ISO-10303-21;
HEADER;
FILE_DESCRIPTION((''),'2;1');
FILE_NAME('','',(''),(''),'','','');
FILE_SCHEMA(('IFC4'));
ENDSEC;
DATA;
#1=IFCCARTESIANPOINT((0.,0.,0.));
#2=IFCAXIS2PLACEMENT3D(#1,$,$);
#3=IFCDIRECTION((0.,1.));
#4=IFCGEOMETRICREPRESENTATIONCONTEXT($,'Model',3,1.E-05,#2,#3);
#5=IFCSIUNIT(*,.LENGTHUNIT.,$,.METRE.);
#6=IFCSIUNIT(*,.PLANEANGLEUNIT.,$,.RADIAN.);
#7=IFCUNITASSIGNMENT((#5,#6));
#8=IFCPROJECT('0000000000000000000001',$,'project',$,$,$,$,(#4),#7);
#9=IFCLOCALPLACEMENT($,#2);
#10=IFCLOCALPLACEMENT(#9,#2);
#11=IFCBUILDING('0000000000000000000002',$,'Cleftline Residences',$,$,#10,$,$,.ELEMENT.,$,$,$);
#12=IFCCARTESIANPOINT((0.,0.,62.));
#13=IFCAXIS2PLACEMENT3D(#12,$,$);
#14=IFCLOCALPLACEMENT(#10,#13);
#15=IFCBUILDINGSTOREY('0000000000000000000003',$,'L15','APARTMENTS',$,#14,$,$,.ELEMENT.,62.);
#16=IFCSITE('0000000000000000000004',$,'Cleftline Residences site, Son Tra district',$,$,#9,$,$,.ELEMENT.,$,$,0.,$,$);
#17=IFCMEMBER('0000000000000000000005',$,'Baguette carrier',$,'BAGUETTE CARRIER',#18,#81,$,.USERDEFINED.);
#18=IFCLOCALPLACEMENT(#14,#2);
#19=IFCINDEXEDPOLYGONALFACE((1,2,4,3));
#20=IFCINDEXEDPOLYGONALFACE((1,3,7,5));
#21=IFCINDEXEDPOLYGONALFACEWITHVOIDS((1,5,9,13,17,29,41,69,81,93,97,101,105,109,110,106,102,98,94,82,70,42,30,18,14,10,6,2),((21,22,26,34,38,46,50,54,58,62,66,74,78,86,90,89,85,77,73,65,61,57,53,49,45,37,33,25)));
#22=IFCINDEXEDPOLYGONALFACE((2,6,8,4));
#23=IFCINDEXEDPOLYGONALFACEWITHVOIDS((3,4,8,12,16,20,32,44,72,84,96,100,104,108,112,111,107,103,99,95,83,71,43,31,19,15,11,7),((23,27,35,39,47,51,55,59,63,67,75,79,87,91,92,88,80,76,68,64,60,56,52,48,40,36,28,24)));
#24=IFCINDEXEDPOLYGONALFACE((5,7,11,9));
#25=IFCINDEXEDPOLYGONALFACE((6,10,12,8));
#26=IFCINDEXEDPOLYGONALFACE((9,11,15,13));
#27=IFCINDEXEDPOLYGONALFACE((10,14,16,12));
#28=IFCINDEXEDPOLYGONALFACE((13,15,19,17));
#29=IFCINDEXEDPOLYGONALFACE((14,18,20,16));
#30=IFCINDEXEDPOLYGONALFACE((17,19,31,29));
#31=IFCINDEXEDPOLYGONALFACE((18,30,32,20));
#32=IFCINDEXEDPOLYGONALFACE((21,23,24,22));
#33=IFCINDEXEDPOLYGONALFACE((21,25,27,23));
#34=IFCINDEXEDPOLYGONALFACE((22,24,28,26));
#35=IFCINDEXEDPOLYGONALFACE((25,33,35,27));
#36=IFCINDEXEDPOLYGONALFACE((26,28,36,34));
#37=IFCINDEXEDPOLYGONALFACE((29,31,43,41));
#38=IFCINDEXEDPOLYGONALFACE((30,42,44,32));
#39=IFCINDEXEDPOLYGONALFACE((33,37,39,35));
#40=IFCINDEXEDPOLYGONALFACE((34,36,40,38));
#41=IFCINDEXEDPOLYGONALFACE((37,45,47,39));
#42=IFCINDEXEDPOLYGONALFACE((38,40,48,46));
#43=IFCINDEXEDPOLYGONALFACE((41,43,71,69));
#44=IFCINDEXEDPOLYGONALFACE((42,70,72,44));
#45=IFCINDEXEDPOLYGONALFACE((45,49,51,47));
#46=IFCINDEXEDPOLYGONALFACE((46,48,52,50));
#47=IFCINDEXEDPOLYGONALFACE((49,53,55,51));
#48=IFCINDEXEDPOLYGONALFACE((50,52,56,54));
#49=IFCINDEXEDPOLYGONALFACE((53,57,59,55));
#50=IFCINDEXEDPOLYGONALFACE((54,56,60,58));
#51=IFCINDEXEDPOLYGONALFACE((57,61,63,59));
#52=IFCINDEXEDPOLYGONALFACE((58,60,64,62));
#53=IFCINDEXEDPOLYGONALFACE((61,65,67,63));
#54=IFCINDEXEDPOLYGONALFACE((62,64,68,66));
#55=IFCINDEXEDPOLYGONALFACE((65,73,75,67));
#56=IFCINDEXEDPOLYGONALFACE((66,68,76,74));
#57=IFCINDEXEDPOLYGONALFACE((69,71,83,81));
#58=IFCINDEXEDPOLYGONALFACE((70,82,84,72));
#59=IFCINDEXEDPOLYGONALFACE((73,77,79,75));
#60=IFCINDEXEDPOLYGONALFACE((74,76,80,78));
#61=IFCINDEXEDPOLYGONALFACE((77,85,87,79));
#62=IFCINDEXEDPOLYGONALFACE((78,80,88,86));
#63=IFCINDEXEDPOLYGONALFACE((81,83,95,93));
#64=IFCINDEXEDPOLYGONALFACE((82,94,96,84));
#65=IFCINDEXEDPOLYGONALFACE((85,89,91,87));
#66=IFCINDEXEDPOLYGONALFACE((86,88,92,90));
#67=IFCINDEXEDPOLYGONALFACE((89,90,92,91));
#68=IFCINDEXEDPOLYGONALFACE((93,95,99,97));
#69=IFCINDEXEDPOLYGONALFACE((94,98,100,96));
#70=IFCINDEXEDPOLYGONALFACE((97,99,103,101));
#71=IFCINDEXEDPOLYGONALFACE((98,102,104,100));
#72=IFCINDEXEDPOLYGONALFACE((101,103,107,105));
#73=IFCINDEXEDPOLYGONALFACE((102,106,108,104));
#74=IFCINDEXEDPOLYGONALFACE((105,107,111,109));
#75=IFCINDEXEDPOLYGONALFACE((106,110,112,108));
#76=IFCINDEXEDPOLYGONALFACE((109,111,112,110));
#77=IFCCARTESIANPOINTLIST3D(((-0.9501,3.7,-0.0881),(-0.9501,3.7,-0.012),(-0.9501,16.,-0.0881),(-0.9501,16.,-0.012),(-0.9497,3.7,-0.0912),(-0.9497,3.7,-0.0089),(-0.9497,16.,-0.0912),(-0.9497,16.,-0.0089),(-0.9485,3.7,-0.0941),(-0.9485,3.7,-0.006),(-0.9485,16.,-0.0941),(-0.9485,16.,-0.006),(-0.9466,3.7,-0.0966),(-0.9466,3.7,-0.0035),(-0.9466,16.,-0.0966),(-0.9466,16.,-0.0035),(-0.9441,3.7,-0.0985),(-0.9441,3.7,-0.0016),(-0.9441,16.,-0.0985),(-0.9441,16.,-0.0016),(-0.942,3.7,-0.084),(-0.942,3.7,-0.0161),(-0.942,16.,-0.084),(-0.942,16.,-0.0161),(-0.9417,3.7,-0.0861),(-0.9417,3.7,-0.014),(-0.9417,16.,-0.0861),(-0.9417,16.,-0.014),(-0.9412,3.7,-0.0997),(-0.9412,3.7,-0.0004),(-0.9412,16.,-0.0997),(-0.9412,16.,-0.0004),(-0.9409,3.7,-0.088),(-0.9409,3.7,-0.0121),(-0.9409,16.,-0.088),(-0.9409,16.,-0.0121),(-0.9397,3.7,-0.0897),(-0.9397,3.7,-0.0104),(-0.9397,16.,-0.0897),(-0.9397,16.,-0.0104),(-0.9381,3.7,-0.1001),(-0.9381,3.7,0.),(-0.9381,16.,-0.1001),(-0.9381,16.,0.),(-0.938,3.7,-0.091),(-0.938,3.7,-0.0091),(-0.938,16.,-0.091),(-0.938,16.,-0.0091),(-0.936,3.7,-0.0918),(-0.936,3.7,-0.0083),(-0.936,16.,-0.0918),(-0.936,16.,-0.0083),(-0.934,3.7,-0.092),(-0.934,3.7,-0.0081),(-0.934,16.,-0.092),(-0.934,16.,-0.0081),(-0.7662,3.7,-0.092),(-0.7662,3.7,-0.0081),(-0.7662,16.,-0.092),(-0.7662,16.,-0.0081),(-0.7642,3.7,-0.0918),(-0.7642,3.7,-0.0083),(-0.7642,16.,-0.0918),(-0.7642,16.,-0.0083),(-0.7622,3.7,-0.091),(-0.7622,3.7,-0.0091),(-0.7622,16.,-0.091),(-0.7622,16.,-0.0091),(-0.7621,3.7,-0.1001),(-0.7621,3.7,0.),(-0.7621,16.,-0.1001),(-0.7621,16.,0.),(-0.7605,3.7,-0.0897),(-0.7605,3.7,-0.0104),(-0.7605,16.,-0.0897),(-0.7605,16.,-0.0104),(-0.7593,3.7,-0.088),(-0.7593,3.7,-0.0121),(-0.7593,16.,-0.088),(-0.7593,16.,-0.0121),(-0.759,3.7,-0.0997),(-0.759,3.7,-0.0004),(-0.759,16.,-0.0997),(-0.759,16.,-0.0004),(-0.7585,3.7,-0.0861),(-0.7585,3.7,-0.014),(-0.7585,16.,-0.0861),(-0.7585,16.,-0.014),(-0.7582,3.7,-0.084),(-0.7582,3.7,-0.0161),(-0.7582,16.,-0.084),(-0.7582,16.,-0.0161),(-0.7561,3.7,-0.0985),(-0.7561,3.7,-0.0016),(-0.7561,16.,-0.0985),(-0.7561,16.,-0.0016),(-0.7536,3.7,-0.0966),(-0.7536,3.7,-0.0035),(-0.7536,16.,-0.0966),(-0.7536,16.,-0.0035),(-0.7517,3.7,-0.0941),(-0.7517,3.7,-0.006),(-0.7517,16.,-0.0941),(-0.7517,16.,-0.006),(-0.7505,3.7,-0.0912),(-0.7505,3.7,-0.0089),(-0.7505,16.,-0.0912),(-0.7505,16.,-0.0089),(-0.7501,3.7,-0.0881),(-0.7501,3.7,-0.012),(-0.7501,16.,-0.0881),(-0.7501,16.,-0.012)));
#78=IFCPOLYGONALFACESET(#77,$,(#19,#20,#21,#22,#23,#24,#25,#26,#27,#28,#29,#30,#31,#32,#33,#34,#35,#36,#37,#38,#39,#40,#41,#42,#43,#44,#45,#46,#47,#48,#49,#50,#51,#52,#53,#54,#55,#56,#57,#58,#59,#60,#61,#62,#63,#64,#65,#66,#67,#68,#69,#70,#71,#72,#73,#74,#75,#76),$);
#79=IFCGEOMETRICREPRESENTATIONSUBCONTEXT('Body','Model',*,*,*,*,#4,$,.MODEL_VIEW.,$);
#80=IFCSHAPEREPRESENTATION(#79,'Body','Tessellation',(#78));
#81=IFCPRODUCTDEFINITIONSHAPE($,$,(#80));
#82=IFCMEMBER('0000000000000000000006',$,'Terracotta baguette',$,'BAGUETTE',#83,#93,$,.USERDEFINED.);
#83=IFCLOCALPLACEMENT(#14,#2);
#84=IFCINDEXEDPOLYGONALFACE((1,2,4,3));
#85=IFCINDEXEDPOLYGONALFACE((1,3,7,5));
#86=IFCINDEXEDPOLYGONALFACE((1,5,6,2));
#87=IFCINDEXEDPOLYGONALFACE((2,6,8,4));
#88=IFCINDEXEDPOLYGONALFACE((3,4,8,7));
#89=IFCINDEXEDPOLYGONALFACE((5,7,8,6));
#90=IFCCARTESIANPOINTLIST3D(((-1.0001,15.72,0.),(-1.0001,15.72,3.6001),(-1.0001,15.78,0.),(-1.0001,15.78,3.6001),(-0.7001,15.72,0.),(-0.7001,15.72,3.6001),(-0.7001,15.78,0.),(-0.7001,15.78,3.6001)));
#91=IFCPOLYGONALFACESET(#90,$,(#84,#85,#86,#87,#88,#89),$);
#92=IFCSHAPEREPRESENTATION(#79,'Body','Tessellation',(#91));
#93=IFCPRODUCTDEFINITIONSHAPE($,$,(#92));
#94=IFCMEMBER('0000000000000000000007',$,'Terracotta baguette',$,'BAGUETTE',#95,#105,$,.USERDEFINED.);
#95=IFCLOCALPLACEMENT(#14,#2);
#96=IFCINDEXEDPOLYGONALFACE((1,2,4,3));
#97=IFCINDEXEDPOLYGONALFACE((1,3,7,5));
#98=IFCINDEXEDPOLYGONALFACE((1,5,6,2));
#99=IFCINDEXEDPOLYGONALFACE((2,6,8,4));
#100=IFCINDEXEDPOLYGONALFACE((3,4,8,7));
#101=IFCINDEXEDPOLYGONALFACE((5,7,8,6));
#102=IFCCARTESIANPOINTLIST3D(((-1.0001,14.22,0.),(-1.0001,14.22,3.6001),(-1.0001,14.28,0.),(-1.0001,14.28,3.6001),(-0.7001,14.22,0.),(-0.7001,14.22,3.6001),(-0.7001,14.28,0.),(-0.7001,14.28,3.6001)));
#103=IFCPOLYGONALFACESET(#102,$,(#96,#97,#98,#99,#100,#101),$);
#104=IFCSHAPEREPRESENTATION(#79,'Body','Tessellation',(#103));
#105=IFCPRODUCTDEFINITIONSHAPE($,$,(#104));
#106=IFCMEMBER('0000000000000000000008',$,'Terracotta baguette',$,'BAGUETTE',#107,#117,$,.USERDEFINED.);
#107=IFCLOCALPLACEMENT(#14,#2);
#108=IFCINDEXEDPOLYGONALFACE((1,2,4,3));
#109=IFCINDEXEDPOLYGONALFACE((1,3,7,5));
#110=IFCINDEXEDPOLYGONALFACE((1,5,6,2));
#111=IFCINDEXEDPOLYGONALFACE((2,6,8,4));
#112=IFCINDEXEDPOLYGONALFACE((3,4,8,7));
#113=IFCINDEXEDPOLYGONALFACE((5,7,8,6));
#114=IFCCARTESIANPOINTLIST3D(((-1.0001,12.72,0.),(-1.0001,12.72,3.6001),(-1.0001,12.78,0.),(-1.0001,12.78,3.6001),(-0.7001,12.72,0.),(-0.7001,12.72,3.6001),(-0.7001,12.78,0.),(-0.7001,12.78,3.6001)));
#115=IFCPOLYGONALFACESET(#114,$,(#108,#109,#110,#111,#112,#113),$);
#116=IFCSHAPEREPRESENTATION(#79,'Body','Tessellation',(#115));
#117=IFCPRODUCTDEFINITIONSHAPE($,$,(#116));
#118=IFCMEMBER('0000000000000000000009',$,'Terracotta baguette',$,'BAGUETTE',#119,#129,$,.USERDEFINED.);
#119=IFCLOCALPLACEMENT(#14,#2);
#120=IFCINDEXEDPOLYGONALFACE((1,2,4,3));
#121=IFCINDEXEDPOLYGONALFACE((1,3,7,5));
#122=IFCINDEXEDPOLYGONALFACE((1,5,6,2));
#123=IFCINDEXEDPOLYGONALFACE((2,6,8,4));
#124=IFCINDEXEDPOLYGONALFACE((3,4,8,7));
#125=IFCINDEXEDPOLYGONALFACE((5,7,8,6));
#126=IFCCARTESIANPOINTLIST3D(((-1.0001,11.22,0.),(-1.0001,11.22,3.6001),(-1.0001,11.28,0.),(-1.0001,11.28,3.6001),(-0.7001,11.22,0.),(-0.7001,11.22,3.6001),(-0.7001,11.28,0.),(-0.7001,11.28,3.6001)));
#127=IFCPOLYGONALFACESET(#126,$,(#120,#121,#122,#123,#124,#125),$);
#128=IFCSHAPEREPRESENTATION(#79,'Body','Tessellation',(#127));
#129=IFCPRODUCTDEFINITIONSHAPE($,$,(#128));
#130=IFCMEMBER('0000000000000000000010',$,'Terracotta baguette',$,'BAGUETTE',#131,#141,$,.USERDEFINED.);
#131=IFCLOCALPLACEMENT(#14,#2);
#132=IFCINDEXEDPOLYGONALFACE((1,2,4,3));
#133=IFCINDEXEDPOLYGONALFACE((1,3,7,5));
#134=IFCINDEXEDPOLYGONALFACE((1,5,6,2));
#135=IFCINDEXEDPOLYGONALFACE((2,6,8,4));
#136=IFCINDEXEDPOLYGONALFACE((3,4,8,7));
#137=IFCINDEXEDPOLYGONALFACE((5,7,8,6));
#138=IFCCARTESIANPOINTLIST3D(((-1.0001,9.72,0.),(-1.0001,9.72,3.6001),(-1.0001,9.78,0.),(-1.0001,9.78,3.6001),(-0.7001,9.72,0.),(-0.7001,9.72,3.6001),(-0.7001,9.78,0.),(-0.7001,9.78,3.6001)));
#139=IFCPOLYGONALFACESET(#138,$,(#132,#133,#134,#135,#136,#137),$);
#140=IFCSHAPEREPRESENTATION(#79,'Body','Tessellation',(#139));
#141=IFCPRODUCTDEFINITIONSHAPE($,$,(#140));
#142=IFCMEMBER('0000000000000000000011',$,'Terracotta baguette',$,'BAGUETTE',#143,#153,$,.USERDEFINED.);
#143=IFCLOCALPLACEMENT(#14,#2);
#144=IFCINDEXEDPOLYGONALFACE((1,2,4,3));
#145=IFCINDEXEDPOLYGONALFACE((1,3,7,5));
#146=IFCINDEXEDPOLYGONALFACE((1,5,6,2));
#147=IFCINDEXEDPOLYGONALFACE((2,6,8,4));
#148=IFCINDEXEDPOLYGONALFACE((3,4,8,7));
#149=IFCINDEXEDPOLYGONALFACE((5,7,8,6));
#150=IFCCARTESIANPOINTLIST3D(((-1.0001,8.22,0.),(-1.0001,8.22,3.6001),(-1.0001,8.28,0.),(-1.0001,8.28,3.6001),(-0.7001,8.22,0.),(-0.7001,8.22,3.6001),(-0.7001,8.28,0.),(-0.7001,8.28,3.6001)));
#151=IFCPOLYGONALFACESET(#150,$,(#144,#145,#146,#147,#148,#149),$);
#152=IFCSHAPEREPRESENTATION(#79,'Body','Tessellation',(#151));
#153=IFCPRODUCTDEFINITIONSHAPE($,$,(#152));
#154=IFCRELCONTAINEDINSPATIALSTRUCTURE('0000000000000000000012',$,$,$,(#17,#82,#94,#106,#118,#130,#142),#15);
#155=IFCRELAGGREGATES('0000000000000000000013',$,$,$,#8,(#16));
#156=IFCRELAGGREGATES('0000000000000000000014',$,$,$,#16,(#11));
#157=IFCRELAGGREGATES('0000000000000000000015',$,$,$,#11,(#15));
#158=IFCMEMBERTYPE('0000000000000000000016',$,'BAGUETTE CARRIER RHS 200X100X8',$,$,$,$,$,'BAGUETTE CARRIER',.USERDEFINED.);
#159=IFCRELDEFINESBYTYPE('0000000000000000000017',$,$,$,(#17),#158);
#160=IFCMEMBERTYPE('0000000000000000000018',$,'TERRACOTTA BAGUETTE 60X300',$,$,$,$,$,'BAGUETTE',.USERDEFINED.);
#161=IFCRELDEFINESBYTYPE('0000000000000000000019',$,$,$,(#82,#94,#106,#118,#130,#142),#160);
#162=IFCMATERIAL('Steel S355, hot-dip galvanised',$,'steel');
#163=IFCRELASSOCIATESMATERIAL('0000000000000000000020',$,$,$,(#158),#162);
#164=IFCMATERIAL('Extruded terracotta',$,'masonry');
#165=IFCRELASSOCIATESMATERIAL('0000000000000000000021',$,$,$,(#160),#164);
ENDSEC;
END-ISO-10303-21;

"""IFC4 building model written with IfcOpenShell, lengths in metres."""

from ifc_helpers import new_model, si_unit, direction, frame, origin, origin_2d, place, context, subcontext, project, spatial, rectangle, hollow_rectangle, extrude, material, material_profile, profile_set, type_object, element, save


model = new_model("IFC4")

# Units and contexts
model_context = context("Model", 3, precision=1e-05, world=origin(), true_north=direction((0.0, 1.0)))
body_context = subcontext(model_context, "Body", "Model", "MODEL_VIEW")
ifc_project = project(units=[si_unit("LENGTHUNIT", "METRE"), si_unit("PLANEANGLEUNIT", "RADIAN")], contexts=[model_context])

# Site, building, storey
site_placement = place(None, origin())
site = spatial("IfcSite", under=ifc_project, at=site_placement, Name="Cleftline Residences site, Son Tra district", CompositionType="ELEMENT", RefElevation=0.0)
building_placement = place(site_placement, origin())
building = spatial("IfcBuilding", under=site, at=building_placement, Name="Cleftline Residences", CompositionType="ELEMENT")
storey_placement = place(building_placement, frame((0.0, 0.0, 62.0)))
storey = spatial("IfcBuildingStorey", under=building, at=storey_placement, Name="L15", Description="APARTMENTS", CompositionType="ELEMENT", Elevation=62.0)

# Members
ifc_material_1 = material(Name="Steel S355, hot-dip galvanised", Category="steel")
ifc_material_profile_1 = material_profile(ifc_material_1, hollow_rectangle(XDim=0.1001, YDim=0.2, WallThickness=0.0081, InnerFilletRadius=0.0081, OuterFilletRadius=0.012, at=origin_2d()))
ifc_profile_set_1 = profile_set([ifc_material_profile_1], Name="Steel S355, hot-dip galvanised")
member_type_1 = type_object("IfcMemberType", Name="BAGUETTE CARRIER RHS 200X100X8", ElementType="BAGUETTE CARRIER", PredefinedType="USERDEFINED", material=ifc_profile_set_1)
member_placement = place(storey_placement, frame((-0.8501, 16.0, -0.05), z_axis=(0.0, -1.0, 0.0), x_axis=(0.0, 0.0, 1.0)))
element("IfcMember", 1, at=member_placement, inside=storey, type_object=member_type_1, Name="Baguette carrier", ObjectType="BAGUETTE CARRIER", PredefinedType="USERDEFINED", context=body_context, shape_type="SweptSolid", body=[
    extrude(hollow_rectangle(XDim=0.1001, YDim=0.2, WallThickness=0.0081, InnerFilletRadius=0.0081, OuterFilletRadius=0.012, at=origin_2d()), origin(), (0.0, 0.0, 1.0), 12.3),
])
ifc_material_2 = material(Name="Extruded terracotta", Category="masonry")
ifc_material_profile_2 = material_profile(ifc_material_2, rectangle(XDim=0.0601, YDim=0.3, at=origin_2d()))
ifc_profile_set_2 = profile_set([ifc_material_profile_2], Name="Extruded terracotta")
member_type_2 = type_object("IfcMemberType", Name="TERRACOTTA BAGUETTE 60X300", ElementType="BAGUETTE", PredefinedType="USERDEFINED", material=ifc_profile_set_2)
for number, where, z_axis, x_axis, name in (
    (2, (-0.8501, 15.75, 0.0), (0.0, 0.0, 1.0), (0.0, 1.0, 0.0), "Terracotta baguette"),
    (3, (-0.8501, 14.25, 0.0), (0.0, 0.0, 1.0), (0.0, 1.0, 0.0), "Terracotta baguette"),
    (4, (-0.8501, 12.75, 0.0), (0.0, 0.0, 1.0), (0.0, 1.0, 0.0), "Terracotta baguette"),
    (5, (-0.8501, 11.25, 0.0), (0.0, 0.0, 1.0), (0.0, 1.0, 0.0), "Terracotta baguette"),
    (6, (-0.8501, 9.75, 0.0), (0.0, 0.0, 1.0), (0.0, 1.0, 0.0), "Terracotta baguette"),
    (7, (-0.8501, 8.25, 0.0), (0.0, 0.0, 1.0), (0.0, 1.0, 0.0), "Terracotta baguette"),
):
    element("IfcMember", number, at=place(storey_placement, frame(where, z_axis=z_axis, x_axis=x_axis)), inside=storey, type_object=member_type_2, Name=name, ObjectType="BAGUETTE", PredefinedType="USERDEFINED", context=body_context, shape_type="SweptSolid", body=[
        extrude(rectangle(XDim=0.0601, YDim=0.3, at=origin_2d()), origin(), (0.0, 0.0, 1.0), 3.6001),
    ])

save(model, "model.ifc")
